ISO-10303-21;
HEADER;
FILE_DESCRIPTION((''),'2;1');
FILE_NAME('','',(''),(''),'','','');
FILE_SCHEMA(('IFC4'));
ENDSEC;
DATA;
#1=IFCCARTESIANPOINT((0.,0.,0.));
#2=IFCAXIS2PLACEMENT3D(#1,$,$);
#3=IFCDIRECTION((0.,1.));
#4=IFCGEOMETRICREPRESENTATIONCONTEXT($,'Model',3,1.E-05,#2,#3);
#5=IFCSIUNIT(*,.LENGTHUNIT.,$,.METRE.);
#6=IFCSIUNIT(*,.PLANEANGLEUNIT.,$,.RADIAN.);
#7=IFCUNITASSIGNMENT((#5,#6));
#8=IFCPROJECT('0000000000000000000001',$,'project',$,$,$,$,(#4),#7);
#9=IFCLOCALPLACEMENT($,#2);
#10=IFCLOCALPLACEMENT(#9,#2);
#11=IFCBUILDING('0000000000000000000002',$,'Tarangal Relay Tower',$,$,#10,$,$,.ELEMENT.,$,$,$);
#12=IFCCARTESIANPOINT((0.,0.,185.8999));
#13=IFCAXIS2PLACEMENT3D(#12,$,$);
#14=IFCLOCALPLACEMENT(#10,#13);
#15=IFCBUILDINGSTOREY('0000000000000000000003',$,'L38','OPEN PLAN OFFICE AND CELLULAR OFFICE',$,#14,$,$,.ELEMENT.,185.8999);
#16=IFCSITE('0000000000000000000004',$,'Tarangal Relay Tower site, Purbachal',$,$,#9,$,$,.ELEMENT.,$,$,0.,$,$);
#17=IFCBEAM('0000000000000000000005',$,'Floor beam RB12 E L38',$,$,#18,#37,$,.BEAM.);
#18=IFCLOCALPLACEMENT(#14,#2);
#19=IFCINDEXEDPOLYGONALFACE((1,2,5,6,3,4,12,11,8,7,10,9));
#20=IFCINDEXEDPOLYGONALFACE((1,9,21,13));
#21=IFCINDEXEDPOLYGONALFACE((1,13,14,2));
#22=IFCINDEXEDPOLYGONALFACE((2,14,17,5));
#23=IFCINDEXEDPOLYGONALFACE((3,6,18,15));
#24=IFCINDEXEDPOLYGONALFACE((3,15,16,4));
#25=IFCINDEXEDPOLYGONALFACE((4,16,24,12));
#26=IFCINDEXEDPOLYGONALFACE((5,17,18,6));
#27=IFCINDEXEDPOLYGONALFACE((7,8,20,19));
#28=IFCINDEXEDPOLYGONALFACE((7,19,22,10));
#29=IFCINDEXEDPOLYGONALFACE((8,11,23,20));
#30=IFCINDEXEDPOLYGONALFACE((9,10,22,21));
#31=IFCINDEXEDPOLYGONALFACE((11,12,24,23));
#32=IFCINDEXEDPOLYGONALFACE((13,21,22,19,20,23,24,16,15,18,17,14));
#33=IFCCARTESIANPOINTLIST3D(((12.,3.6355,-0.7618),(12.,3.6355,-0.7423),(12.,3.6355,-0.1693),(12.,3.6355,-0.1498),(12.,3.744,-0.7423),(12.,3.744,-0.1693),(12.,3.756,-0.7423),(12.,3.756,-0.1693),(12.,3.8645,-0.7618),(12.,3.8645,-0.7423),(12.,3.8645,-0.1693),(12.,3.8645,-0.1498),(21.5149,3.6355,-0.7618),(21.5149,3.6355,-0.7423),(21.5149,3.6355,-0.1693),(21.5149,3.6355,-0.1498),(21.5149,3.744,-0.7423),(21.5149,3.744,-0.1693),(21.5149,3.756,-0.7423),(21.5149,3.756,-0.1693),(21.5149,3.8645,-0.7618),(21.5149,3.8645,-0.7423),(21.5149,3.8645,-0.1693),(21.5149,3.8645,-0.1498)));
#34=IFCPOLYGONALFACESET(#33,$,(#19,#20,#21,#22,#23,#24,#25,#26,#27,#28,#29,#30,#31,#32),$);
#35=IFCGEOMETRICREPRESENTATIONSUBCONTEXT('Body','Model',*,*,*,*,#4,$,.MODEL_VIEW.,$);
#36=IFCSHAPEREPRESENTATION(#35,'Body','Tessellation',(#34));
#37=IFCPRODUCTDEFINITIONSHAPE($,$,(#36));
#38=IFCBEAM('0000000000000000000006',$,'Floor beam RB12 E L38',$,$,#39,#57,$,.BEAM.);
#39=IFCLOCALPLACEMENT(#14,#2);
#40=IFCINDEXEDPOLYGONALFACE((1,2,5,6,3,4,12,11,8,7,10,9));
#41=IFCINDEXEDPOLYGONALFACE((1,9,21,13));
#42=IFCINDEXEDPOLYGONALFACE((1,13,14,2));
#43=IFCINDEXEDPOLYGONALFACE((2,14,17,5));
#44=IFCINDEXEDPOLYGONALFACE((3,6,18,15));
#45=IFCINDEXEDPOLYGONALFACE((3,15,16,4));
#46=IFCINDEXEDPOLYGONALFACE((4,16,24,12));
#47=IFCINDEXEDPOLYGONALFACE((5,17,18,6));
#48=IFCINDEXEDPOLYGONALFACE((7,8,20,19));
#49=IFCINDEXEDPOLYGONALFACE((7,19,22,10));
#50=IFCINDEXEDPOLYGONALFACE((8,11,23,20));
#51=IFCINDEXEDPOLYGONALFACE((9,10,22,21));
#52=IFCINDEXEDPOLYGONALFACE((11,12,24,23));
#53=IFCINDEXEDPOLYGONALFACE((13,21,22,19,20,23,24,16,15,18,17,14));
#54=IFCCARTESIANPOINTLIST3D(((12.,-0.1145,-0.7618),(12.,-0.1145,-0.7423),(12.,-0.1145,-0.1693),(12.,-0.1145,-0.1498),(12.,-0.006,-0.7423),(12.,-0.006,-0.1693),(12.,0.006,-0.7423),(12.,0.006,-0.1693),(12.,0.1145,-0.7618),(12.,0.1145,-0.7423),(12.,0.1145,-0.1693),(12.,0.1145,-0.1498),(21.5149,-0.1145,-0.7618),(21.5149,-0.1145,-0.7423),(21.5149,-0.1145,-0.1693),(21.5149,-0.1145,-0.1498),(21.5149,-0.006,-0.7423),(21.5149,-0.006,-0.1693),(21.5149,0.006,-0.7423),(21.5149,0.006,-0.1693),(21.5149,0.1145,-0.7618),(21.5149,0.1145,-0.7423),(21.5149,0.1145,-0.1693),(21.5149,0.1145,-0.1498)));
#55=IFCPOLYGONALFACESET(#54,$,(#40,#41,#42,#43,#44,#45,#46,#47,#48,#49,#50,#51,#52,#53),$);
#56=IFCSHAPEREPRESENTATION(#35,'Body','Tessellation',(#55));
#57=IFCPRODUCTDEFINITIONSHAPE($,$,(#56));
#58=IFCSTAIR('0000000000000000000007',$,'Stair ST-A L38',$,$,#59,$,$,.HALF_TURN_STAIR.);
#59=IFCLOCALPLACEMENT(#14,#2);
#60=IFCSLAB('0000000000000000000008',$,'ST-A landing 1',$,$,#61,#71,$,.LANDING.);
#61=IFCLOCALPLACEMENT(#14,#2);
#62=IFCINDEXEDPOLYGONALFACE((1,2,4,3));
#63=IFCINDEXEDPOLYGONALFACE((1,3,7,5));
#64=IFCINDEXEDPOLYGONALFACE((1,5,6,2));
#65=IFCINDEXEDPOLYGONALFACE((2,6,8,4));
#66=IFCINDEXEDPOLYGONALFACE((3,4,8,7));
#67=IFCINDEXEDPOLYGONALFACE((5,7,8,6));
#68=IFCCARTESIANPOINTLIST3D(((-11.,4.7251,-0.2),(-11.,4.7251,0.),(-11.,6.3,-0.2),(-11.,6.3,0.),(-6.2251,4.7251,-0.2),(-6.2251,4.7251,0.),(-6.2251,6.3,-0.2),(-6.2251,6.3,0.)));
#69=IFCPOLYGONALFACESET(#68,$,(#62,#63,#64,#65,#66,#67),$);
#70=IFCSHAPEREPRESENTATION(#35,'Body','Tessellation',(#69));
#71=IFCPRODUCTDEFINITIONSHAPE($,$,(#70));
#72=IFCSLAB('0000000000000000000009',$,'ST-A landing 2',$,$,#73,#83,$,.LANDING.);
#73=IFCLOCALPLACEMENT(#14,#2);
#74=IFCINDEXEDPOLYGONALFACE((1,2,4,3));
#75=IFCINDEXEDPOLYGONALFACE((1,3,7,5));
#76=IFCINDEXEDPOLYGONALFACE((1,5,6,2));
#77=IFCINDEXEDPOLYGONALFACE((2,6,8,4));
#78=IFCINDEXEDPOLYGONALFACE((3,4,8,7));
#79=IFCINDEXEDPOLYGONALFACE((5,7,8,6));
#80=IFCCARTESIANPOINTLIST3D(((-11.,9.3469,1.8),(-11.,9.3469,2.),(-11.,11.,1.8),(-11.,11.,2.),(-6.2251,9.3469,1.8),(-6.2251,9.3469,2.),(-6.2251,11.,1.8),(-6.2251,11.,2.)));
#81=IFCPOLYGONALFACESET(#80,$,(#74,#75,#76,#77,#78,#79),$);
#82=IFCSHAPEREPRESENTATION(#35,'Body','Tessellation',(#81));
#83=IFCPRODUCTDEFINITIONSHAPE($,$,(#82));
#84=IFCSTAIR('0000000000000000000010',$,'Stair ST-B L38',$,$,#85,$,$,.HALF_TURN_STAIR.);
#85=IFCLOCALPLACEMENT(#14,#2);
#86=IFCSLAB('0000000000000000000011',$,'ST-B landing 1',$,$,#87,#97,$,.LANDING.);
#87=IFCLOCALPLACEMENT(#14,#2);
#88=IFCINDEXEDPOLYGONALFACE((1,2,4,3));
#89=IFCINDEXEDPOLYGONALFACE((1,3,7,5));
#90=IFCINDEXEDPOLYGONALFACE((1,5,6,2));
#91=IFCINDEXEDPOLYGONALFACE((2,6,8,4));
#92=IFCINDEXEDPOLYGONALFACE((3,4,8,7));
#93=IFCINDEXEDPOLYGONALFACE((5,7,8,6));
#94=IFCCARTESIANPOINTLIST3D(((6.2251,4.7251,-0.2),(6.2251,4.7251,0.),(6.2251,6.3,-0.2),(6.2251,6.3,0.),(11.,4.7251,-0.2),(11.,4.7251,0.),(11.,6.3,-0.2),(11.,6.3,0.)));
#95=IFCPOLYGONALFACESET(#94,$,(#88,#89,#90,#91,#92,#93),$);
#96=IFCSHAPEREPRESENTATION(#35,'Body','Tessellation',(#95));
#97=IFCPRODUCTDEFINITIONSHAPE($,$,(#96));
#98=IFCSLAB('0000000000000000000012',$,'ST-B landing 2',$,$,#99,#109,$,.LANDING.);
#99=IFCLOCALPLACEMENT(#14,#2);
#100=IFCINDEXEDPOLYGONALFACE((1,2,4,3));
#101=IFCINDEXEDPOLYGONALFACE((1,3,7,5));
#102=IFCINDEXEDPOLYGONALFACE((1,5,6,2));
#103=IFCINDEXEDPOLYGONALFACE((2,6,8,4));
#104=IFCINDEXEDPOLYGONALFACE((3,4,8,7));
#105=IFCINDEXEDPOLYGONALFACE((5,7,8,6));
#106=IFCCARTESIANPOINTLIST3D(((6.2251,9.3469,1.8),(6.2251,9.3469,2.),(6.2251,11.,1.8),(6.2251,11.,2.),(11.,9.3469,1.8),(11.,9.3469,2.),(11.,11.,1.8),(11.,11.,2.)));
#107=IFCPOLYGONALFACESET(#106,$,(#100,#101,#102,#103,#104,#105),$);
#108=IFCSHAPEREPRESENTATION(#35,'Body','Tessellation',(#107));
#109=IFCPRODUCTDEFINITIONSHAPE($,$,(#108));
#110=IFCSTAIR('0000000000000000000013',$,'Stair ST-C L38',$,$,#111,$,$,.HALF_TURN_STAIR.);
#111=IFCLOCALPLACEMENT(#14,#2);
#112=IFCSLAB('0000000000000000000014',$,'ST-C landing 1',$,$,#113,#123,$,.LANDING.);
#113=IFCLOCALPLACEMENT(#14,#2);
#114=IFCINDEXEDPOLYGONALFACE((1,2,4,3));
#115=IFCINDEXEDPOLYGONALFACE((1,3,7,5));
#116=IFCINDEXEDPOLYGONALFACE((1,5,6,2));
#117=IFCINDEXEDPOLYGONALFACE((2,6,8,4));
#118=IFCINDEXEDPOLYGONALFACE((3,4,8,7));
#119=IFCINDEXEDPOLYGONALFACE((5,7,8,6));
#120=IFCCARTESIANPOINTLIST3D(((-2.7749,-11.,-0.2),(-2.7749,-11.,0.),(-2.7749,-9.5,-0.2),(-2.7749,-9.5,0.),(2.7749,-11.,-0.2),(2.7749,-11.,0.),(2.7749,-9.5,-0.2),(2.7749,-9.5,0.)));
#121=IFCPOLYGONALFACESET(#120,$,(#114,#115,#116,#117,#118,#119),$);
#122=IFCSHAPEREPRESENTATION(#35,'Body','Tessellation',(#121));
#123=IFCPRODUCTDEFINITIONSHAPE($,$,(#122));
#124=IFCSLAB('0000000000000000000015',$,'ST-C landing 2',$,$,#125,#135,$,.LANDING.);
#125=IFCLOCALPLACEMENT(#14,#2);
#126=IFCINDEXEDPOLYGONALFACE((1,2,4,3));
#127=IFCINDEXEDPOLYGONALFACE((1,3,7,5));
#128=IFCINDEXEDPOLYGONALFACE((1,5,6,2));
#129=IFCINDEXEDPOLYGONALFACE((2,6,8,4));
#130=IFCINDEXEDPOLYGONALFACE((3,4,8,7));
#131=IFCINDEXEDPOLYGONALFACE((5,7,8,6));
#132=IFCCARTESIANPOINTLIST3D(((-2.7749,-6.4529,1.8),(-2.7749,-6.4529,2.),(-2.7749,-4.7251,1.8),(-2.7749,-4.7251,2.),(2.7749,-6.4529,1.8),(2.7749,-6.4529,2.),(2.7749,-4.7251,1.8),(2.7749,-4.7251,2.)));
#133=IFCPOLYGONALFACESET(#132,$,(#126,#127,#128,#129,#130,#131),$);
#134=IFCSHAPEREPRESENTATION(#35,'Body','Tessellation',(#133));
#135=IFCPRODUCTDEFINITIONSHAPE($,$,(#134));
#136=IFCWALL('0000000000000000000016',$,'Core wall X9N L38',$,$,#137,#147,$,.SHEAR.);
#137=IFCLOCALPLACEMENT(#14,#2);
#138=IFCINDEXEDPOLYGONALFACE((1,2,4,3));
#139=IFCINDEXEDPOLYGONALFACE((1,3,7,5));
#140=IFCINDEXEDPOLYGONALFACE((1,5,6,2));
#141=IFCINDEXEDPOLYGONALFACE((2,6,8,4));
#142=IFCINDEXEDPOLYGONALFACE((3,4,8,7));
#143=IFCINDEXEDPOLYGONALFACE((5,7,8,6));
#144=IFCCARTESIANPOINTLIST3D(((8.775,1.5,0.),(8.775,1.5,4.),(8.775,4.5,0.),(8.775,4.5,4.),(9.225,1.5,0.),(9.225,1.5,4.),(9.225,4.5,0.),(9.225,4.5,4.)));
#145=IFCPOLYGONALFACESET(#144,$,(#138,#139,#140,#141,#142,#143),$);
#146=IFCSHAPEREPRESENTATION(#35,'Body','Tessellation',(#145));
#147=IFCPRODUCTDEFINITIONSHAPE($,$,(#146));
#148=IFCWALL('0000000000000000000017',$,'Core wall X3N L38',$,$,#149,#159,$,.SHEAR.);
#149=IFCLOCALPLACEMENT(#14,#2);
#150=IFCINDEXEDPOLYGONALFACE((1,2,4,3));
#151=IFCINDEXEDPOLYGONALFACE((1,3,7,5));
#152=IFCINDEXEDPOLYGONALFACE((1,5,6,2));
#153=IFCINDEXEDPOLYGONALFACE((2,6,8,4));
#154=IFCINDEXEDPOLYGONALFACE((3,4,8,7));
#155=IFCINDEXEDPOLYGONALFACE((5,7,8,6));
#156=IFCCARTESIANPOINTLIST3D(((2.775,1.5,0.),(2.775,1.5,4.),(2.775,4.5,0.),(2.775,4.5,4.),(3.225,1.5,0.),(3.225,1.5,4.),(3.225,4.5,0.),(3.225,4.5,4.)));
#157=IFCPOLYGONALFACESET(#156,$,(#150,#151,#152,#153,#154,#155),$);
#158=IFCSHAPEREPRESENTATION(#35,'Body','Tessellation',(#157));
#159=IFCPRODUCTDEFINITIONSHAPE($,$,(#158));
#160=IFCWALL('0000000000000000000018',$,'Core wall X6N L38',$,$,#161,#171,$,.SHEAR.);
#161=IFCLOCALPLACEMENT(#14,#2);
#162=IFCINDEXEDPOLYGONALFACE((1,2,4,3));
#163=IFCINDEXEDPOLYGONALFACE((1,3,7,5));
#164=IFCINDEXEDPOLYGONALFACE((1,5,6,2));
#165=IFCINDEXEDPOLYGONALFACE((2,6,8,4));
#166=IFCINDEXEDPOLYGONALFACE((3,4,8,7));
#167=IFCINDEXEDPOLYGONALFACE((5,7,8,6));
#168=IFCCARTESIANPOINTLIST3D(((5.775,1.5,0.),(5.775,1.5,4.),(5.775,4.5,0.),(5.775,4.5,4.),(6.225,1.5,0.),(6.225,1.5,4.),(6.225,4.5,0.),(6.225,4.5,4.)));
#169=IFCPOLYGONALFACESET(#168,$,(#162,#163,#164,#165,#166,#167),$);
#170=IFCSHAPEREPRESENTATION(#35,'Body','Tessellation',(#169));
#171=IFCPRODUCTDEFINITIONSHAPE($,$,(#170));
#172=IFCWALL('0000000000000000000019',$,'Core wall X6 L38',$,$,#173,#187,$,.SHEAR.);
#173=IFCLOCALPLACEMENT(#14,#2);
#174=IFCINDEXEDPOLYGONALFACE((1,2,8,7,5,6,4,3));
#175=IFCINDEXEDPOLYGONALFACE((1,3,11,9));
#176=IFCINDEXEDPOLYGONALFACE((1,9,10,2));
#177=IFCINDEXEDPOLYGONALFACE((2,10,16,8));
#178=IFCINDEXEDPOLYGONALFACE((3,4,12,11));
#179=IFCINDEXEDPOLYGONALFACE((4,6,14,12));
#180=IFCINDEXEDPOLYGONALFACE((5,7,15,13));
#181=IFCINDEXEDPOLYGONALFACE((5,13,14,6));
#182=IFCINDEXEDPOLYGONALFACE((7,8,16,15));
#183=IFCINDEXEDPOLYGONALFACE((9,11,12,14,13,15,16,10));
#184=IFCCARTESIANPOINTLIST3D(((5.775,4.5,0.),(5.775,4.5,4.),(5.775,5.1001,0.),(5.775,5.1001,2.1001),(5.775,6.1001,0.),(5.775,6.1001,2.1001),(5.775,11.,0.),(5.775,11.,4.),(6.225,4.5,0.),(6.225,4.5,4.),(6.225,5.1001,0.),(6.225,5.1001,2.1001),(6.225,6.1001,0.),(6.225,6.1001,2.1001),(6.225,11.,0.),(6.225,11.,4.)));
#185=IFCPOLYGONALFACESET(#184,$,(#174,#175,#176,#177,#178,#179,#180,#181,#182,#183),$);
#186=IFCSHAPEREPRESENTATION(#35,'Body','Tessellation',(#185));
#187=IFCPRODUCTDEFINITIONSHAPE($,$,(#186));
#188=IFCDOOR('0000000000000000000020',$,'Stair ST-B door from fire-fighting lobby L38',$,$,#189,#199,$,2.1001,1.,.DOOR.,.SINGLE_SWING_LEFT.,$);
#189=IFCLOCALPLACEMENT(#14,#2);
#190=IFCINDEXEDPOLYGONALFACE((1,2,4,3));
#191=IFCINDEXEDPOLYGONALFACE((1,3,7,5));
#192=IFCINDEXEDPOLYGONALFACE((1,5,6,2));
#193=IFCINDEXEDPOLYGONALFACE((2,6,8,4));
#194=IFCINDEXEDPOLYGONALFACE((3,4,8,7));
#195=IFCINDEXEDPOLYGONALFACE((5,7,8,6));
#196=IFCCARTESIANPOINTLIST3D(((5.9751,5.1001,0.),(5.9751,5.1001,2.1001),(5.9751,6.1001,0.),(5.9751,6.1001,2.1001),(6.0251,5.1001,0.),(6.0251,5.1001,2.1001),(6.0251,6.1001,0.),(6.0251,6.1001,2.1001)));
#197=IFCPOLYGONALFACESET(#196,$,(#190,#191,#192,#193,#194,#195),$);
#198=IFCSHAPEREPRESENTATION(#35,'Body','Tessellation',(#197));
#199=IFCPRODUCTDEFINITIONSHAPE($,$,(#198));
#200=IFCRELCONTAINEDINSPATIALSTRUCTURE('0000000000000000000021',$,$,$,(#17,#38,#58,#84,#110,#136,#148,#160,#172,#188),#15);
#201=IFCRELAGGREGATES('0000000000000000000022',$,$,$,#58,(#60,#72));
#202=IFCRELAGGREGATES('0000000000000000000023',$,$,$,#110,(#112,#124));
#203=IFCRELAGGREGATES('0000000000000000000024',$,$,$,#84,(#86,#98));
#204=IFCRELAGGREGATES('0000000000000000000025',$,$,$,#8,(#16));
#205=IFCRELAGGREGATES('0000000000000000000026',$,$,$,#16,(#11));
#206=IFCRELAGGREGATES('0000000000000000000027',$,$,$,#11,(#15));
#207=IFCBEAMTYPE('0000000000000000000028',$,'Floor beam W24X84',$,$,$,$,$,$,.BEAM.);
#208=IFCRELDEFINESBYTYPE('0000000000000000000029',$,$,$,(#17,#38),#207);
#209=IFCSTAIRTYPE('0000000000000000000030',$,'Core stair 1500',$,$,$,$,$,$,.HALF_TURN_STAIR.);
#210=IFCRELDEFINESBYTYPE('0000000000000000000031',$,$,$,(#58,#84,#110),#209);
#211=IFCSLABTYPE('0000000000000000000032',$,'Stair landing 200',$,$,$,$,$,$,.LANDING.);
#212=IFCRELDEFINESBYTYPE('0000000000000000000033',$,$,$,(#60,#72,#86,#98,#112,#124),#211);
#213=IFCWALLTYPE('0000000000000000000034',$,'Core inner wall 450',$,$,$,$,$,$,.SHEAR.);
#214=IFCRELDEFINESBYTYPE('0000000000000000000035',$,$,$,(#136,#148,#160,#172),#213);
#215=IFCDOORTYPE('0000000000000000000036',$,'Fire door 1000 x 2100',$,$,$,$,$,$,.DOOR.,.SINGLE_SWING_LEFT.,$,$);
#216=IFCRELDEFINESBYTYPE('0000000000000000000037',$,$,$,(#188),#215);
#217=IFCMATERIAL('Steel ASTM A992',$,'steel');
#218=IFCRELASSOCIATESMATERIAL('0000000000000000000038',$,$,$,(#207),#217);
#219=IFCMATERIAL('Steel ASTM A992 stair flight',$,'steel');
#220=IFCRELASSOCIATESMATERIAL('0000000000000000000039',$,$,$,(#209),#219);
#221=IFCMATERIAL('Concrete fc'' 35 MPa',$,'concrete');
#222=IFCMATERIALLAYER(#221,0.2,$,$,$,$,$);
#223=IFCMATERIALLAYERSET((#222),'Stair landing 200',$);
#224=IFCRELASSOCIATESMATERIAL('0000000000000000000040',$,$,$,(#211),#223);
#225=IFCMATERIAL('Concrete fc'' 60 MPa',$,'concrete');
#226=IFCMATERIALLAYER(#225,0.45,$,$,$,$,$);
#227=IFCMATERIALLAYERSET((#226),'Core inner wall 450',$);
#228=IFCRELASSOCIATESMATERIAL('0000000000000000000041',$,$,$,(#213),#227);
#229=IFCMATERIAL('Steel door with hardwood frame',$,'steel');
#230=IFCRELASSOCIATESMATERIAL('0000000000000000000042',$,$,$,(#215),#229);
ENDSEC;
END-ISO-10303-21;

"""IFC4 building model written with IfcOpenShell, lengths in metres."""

from ifc_helpers import new_model, si_unit, direction, frame, frame_2d, origin, origin_2d, place, context, subcontext, project, spatial, polyline, rectangle, i_section, outline, extrude, material, layer, layer_set, material_profile, profile_set, type_object, element, fill, aggregate, save


model = new_model("IFC4")

# Units and contexts
model_context = context("Model", 3, precision=1e-05, world=origin(), true_north=direction((0.0, 1.0)))
body_context = subcontext(model_context, "Body", "Model", "MODEL_VIEW")
ifc_project = project(units=[si_unit("LENGTHUNIT", "METRE"), si_unit("PLANEANGLEUNIT", "RADIAN")], contexts=[model_context])

# Site, building, storey
site_placement = place(None, origin())
site = spatial("IfcSite", under=ifc_project, at=site_placement, Name="Tarangal Relay Tower site, Purbachal", CompositionType="ELEMENT", RefElevation=0.0)
building_placement = place(site_placement, origin())
building = spatial("IfcBuilding", under=site, at=building_placement, Name="Tarangal Relay Tower", CompositionType="ELEMENT")
storey_placement = place(building_placement, frame((0.0, 0.0, 185.8999)))
storey = spatial("IfcBuildingStorey", under=building, at=storey_placement, Name="L38", Description="OPEN PLAN OFFICE AND CELLULAR OFFICE", CompositionType="ELEMENT", Elevation=185.8999)

# Beams
ifc_material_1 = material(Name="Steel ASTM A992", Category="steel")
ifc_material_profile = material_profile(ifc_material_1, i_section(OverallWidth=0.229, OverallDepth=0.6121, WebThickness=0.012, FlangeThickness=0.0195, at=origin_2d()), Name="W24X84")
ifc_profile_set = profile_set([ifc_material_profile], Name="Steel ASTM A992")
beam_type = type_object("IfcBeamType", Name="Floor beam W24X84", PredefinedType="BEAM", material=ifc_profile_set)
for number, where, z_axis, x_axis, name in (
    (1, (12.0, 3.75, -0.4558), (1.0, 0.0, 0.0), (0.0, 1.0, 0.0), "Floor beam RB12 E L38"),
    (2, (12.0, 0.0, -0.4558), (1.0, 0.0, 0.0), (0.0, 1.0, 0.0), "Floor beam RB12 E L38"),
):
    element("IfcBeam", number, at=place(storey_placement, frame(where, z_axis=z_axis, x_axis=x_axis)), inside=storey, type_object=beam_type, Name=name, PredefinedType="BEAM", context=body_context, shape_type="SweptSolid", body=[
        extrude(i_section(OverallWidth=0.229, OverallDepth=0.6121, WebThickness=0.012, FlangeThickness=0.0195, at=origin_2d()), origin(), (0.0, 0.0, 1.0), 9.5149),
    ])

# Stairs, slabs
ifc_material_2 = material(Name="Steel ASTM A992 stair flight", Category="steel")
stair_type = type_object("IfcStairType", Name="Core stair 1500", PredefinedType="HALF_TURN_STAIR", material=ifc_material_2)
stair_1_placement = place(storey_placement, origin())
stair_1 = element("IfcStair", 3, at=stair_1_placement, inside=storey, type_object=stair_type, Name="Stair ST-A L38", PredefinedType="HALF_TURN_STAIR")
ifc_material_3 = material(Name="Concrete fc' 35 MPa", Category="concrete")
ifc_layer_1 = layer(ifc_material_3, 0.2)
ifc_layer_set_1 = layer_set([ifc_layer_1], Name="Stair landing 200")
slab_type = type_object("IfcSlabType", Name="Stair landing 200", PredefinedType="LANDING", material=ifc_layer_set_1)
slab_1_placement = place(storey_placement, frame((0.0, 0.0, -0.2)))
slab_1 = element("IfcSlab", 4, at=slab_1_placement, type_object=slab_type, Name="ST-A landing 1", PredefinedType="LANDING", context=body_context, shape_type="SweptSolid", body=[
    extrude(outline(polyline([(-11.0, 4.7251), (-6.2251, 4.7251), (-6.2251, 6.3), (-11.0, 6.3), (-11.0, 4.7251)])), origin(), (0.0, 0.0, 1.0), 0.2),
])
slab_2_placement = place(storey_placement, frame((0.0, 0.0, 1.8)))
slab_2 = element("IfcSlab", 5, at=slab_2_placement, type_object=slab_type, Name="ST-A landing 2", PredefinedType="LANDING", context=body_context, shape_type="SweptSolid", body=[
    extrude(outline(polyline([(-11.0, 9.3469), (-6.2251, 9.3469), (-6.2251, 11.0), (-11.0, 11.0), (-11.0, 9.3469)])), origin(), (0.0, 0.0, 1.0), 0.2),
])
aggregate(stair_1, [slab_1, slab_2])
stair_2_placement = place(storey_placement, origin())
stair_2 = element("IfcStair", 6, at=stair_2_placement, inside=storey, type_object=stair_type, Name="Stair ST-B L38", PredefinedType="HALF_TURN_STAIR")
slab_3_placement = place(storey_placement, frame((0.0, 0.0, -0.2)))
slab_3 = element("IfcSlab", 7, at=slab_3_placement, type_object=slab_type, Name="ST-B landing 1", PredefinedType="LANDING", context=body_context, shape_type="SweptSolid", body=[
    extrude(outline(polyline([(6.2251, 4.7251), (11.0, 4.7251), (11.0, 6.3), (6.2251, 6.3), (6.2251, 4.7251)])), origin(), (0.0, 0.0, 1.0), 0.2),
])
slab_4_placement = place(storey_placement, frame((0.0, 0.0, 1.8)))
slab_4 = element("IfcSlab", 8, at=slab_4_placement, type_object=slab_type, Name="ST-B landing 2", PredefinedType="LANDING", context=body_context, shape_type="SweptSolid", body=[
    extrude(outline(polyline([(6.2251, 9.3469), (11.0, 9.3469), (11.0, 11.0), (6.2251, 11.0), (6.2251, 9.3469)])), origin(), (0.0, 0.0, 1.0), 0.2),
])
stair_3_placement = place(storey_placement, origin())
stair_3 = element("IfcStair", 9, at=stair_3_placement, inside=storey, type_object=stair_type, Name="Stair ST-C L38", PredefinedType="HALF_TURN_STAIR")
slab_5_placement = place(storey_placement, frame((0.0, 0.0, -0.2)))
slab_5 = element("IfcSlab", 10, at=slab_5_placement, type_object=slab_type, Name="ST-C landing 1", PredefinedType="LANDING", context=body_context, shape_type="SweptSolid", body=[
    extrude(outline(polyline([(-2.7749, -11.0), (2.7749, -11.0), (2.7749, -9.5), (-2.7749, -9.5), (-2.7749, -11.0)])), origin(), (0.0, 0.0, 1.0), 0.2),
])
slab_6_placement = place(storey_placement, frame((0.0, 0.0, 1.8)))
slab_6 = element("IfcSlab", 11, at=slab_6_placement, type_object=slab_type, Name="ST-C landing 2", PredefinedType="LANDING", context=body_context, shape_type="SweptSolid", body=[
    extrude(outline(polyline([(-2.7749, -6.4529), (2.7749, -6.4529), (2.7749, -4.7251), (-2.7749, -4.7251), (-2.7749, -6.4529)])), origin(), (0.0, 0.0, 1.0), 0.2),
])
aggregate(stair_3, [slab_5, slab_6])

# Walls
ifc_material_4 = material(Name="Concrete fc' 60 MPa", Category="concrete")
ifc_layer_2 = layer(ifc_material_4, 0.45)
ifc_layer_set_2 = layer_set([ifc_layer_2], Name="Core inner wall 450")
wall_type = type_object("IfcWallType", Name="Core inner wall 450", PredefinedType="SHEAR", material=ifc_layer_set_2)
for number, where, z_axis, x_axis, name in (
    (12, (9.0, 1.5, 0.0), (0.0, 0.0, 1.0), (0.0, 1.0, 0.0), "Core wall X9N L38"),
    (13, (3.0, 1.5, 0.0), (0.0, 0.0, 1.0), (0.0, 1.0, 0.0), "Core wall X3N L38"),
    (14, (6.0, 1.5, 0.0), (0.0, 0.0, 1.0), (0.0, 1.0, 0.0), "Core wall X6N L38"),
):
    element("IfcWall", number, at=place(storey_placement, frame(where, z_axis=z_axis, x_axis=x_axis)), inside=storey, type_object=wall_type, Name=name, PredefinedType="SHEAR", context=body_context, shape_type="SweptSolid", body=[
        extrude(rectangle(XDim=3.0, YDim=0.45, at=frame_2d((1.5, 0.0))), origin(), (0.0, 0.0, 1.0), 4.0),
    ])

# Wall, opening, door
wall_placement = place(storey_placement, frame((6.0, 4.5, 0.0), z_axis=(0.0, 0.0, 1.0), x_axis=(0.0, 1.0, 0.0)))
wall = element("IfcWall", 15, at=wall_placement, inside=storey, type_object=wall_type, Name="Core wall X6 L38", PredefinedType="SHEAR", context=body_context, shape_type="SweptSolid", body=[
    extrude(rectangle(XDim=6.5, YDim=0.45, at=frame_2d((3.25, 0.0))), origin(), (0.0, 0.0, 1.0), 4.0),
])
opening_placement = place(wall_placement, frame((0.6001, 0.0, 0.0)))
opening = element("IfcOpeningElement", 16, at=opening_placement, cuts=wall, PredefinedType="OPENING", context=body_context, shape_type="SweptSolid", body=[
    extrude(rectangle(XDim=1.0, YDim=2.1001, at=frame_2d((0.5, 1.05))), frame((0.0, 0.2349, 0.0), z_axis=(0.0, -1.0, 0.0), x_axis=(1.0, 0.0, 0.0)), (0.0, 0.0, 1.0), 0.47),
])
ifc_material_5 = material(Name="Steel door with hardwood frame", Category="steel")
door_type = type_object("IfcDoorType", Name="Fire door 1000 x 2100", OperationType="SINGLE_SWING_LEFT", PredefinedType="DOOR", material=ifc_material_5)
door_placement = place(opening_placement, origin())
door = element("IfcDoor", 17, at=door_placement, inside=storey, type_object=door_type, Name="Stair ST-B door from fire-fighting lobby L38", OperationType="SINGLE_SWING_LEFT", OverallHeight=2.1001, OverallWidth=1.0, PredefinedType="DOOR", context=body_context, shape_type="SweptSolid", body=[
    extrude(rectangle(XDim=1.0, YDim=2.1001, at=frame_2d((0.5, 1.05))), frame((0.0, 0.0249, 0.0), z_axis=(0.0, -1.0, 0.0), x_axis=(1.0, 0.0, 0.0)), (0.0, 0.0, 1.0), 0.05),
])
fill(opening, door)

aggregate(stair_2, [slab_3, slab_4])

save(model, "model.ifc")
